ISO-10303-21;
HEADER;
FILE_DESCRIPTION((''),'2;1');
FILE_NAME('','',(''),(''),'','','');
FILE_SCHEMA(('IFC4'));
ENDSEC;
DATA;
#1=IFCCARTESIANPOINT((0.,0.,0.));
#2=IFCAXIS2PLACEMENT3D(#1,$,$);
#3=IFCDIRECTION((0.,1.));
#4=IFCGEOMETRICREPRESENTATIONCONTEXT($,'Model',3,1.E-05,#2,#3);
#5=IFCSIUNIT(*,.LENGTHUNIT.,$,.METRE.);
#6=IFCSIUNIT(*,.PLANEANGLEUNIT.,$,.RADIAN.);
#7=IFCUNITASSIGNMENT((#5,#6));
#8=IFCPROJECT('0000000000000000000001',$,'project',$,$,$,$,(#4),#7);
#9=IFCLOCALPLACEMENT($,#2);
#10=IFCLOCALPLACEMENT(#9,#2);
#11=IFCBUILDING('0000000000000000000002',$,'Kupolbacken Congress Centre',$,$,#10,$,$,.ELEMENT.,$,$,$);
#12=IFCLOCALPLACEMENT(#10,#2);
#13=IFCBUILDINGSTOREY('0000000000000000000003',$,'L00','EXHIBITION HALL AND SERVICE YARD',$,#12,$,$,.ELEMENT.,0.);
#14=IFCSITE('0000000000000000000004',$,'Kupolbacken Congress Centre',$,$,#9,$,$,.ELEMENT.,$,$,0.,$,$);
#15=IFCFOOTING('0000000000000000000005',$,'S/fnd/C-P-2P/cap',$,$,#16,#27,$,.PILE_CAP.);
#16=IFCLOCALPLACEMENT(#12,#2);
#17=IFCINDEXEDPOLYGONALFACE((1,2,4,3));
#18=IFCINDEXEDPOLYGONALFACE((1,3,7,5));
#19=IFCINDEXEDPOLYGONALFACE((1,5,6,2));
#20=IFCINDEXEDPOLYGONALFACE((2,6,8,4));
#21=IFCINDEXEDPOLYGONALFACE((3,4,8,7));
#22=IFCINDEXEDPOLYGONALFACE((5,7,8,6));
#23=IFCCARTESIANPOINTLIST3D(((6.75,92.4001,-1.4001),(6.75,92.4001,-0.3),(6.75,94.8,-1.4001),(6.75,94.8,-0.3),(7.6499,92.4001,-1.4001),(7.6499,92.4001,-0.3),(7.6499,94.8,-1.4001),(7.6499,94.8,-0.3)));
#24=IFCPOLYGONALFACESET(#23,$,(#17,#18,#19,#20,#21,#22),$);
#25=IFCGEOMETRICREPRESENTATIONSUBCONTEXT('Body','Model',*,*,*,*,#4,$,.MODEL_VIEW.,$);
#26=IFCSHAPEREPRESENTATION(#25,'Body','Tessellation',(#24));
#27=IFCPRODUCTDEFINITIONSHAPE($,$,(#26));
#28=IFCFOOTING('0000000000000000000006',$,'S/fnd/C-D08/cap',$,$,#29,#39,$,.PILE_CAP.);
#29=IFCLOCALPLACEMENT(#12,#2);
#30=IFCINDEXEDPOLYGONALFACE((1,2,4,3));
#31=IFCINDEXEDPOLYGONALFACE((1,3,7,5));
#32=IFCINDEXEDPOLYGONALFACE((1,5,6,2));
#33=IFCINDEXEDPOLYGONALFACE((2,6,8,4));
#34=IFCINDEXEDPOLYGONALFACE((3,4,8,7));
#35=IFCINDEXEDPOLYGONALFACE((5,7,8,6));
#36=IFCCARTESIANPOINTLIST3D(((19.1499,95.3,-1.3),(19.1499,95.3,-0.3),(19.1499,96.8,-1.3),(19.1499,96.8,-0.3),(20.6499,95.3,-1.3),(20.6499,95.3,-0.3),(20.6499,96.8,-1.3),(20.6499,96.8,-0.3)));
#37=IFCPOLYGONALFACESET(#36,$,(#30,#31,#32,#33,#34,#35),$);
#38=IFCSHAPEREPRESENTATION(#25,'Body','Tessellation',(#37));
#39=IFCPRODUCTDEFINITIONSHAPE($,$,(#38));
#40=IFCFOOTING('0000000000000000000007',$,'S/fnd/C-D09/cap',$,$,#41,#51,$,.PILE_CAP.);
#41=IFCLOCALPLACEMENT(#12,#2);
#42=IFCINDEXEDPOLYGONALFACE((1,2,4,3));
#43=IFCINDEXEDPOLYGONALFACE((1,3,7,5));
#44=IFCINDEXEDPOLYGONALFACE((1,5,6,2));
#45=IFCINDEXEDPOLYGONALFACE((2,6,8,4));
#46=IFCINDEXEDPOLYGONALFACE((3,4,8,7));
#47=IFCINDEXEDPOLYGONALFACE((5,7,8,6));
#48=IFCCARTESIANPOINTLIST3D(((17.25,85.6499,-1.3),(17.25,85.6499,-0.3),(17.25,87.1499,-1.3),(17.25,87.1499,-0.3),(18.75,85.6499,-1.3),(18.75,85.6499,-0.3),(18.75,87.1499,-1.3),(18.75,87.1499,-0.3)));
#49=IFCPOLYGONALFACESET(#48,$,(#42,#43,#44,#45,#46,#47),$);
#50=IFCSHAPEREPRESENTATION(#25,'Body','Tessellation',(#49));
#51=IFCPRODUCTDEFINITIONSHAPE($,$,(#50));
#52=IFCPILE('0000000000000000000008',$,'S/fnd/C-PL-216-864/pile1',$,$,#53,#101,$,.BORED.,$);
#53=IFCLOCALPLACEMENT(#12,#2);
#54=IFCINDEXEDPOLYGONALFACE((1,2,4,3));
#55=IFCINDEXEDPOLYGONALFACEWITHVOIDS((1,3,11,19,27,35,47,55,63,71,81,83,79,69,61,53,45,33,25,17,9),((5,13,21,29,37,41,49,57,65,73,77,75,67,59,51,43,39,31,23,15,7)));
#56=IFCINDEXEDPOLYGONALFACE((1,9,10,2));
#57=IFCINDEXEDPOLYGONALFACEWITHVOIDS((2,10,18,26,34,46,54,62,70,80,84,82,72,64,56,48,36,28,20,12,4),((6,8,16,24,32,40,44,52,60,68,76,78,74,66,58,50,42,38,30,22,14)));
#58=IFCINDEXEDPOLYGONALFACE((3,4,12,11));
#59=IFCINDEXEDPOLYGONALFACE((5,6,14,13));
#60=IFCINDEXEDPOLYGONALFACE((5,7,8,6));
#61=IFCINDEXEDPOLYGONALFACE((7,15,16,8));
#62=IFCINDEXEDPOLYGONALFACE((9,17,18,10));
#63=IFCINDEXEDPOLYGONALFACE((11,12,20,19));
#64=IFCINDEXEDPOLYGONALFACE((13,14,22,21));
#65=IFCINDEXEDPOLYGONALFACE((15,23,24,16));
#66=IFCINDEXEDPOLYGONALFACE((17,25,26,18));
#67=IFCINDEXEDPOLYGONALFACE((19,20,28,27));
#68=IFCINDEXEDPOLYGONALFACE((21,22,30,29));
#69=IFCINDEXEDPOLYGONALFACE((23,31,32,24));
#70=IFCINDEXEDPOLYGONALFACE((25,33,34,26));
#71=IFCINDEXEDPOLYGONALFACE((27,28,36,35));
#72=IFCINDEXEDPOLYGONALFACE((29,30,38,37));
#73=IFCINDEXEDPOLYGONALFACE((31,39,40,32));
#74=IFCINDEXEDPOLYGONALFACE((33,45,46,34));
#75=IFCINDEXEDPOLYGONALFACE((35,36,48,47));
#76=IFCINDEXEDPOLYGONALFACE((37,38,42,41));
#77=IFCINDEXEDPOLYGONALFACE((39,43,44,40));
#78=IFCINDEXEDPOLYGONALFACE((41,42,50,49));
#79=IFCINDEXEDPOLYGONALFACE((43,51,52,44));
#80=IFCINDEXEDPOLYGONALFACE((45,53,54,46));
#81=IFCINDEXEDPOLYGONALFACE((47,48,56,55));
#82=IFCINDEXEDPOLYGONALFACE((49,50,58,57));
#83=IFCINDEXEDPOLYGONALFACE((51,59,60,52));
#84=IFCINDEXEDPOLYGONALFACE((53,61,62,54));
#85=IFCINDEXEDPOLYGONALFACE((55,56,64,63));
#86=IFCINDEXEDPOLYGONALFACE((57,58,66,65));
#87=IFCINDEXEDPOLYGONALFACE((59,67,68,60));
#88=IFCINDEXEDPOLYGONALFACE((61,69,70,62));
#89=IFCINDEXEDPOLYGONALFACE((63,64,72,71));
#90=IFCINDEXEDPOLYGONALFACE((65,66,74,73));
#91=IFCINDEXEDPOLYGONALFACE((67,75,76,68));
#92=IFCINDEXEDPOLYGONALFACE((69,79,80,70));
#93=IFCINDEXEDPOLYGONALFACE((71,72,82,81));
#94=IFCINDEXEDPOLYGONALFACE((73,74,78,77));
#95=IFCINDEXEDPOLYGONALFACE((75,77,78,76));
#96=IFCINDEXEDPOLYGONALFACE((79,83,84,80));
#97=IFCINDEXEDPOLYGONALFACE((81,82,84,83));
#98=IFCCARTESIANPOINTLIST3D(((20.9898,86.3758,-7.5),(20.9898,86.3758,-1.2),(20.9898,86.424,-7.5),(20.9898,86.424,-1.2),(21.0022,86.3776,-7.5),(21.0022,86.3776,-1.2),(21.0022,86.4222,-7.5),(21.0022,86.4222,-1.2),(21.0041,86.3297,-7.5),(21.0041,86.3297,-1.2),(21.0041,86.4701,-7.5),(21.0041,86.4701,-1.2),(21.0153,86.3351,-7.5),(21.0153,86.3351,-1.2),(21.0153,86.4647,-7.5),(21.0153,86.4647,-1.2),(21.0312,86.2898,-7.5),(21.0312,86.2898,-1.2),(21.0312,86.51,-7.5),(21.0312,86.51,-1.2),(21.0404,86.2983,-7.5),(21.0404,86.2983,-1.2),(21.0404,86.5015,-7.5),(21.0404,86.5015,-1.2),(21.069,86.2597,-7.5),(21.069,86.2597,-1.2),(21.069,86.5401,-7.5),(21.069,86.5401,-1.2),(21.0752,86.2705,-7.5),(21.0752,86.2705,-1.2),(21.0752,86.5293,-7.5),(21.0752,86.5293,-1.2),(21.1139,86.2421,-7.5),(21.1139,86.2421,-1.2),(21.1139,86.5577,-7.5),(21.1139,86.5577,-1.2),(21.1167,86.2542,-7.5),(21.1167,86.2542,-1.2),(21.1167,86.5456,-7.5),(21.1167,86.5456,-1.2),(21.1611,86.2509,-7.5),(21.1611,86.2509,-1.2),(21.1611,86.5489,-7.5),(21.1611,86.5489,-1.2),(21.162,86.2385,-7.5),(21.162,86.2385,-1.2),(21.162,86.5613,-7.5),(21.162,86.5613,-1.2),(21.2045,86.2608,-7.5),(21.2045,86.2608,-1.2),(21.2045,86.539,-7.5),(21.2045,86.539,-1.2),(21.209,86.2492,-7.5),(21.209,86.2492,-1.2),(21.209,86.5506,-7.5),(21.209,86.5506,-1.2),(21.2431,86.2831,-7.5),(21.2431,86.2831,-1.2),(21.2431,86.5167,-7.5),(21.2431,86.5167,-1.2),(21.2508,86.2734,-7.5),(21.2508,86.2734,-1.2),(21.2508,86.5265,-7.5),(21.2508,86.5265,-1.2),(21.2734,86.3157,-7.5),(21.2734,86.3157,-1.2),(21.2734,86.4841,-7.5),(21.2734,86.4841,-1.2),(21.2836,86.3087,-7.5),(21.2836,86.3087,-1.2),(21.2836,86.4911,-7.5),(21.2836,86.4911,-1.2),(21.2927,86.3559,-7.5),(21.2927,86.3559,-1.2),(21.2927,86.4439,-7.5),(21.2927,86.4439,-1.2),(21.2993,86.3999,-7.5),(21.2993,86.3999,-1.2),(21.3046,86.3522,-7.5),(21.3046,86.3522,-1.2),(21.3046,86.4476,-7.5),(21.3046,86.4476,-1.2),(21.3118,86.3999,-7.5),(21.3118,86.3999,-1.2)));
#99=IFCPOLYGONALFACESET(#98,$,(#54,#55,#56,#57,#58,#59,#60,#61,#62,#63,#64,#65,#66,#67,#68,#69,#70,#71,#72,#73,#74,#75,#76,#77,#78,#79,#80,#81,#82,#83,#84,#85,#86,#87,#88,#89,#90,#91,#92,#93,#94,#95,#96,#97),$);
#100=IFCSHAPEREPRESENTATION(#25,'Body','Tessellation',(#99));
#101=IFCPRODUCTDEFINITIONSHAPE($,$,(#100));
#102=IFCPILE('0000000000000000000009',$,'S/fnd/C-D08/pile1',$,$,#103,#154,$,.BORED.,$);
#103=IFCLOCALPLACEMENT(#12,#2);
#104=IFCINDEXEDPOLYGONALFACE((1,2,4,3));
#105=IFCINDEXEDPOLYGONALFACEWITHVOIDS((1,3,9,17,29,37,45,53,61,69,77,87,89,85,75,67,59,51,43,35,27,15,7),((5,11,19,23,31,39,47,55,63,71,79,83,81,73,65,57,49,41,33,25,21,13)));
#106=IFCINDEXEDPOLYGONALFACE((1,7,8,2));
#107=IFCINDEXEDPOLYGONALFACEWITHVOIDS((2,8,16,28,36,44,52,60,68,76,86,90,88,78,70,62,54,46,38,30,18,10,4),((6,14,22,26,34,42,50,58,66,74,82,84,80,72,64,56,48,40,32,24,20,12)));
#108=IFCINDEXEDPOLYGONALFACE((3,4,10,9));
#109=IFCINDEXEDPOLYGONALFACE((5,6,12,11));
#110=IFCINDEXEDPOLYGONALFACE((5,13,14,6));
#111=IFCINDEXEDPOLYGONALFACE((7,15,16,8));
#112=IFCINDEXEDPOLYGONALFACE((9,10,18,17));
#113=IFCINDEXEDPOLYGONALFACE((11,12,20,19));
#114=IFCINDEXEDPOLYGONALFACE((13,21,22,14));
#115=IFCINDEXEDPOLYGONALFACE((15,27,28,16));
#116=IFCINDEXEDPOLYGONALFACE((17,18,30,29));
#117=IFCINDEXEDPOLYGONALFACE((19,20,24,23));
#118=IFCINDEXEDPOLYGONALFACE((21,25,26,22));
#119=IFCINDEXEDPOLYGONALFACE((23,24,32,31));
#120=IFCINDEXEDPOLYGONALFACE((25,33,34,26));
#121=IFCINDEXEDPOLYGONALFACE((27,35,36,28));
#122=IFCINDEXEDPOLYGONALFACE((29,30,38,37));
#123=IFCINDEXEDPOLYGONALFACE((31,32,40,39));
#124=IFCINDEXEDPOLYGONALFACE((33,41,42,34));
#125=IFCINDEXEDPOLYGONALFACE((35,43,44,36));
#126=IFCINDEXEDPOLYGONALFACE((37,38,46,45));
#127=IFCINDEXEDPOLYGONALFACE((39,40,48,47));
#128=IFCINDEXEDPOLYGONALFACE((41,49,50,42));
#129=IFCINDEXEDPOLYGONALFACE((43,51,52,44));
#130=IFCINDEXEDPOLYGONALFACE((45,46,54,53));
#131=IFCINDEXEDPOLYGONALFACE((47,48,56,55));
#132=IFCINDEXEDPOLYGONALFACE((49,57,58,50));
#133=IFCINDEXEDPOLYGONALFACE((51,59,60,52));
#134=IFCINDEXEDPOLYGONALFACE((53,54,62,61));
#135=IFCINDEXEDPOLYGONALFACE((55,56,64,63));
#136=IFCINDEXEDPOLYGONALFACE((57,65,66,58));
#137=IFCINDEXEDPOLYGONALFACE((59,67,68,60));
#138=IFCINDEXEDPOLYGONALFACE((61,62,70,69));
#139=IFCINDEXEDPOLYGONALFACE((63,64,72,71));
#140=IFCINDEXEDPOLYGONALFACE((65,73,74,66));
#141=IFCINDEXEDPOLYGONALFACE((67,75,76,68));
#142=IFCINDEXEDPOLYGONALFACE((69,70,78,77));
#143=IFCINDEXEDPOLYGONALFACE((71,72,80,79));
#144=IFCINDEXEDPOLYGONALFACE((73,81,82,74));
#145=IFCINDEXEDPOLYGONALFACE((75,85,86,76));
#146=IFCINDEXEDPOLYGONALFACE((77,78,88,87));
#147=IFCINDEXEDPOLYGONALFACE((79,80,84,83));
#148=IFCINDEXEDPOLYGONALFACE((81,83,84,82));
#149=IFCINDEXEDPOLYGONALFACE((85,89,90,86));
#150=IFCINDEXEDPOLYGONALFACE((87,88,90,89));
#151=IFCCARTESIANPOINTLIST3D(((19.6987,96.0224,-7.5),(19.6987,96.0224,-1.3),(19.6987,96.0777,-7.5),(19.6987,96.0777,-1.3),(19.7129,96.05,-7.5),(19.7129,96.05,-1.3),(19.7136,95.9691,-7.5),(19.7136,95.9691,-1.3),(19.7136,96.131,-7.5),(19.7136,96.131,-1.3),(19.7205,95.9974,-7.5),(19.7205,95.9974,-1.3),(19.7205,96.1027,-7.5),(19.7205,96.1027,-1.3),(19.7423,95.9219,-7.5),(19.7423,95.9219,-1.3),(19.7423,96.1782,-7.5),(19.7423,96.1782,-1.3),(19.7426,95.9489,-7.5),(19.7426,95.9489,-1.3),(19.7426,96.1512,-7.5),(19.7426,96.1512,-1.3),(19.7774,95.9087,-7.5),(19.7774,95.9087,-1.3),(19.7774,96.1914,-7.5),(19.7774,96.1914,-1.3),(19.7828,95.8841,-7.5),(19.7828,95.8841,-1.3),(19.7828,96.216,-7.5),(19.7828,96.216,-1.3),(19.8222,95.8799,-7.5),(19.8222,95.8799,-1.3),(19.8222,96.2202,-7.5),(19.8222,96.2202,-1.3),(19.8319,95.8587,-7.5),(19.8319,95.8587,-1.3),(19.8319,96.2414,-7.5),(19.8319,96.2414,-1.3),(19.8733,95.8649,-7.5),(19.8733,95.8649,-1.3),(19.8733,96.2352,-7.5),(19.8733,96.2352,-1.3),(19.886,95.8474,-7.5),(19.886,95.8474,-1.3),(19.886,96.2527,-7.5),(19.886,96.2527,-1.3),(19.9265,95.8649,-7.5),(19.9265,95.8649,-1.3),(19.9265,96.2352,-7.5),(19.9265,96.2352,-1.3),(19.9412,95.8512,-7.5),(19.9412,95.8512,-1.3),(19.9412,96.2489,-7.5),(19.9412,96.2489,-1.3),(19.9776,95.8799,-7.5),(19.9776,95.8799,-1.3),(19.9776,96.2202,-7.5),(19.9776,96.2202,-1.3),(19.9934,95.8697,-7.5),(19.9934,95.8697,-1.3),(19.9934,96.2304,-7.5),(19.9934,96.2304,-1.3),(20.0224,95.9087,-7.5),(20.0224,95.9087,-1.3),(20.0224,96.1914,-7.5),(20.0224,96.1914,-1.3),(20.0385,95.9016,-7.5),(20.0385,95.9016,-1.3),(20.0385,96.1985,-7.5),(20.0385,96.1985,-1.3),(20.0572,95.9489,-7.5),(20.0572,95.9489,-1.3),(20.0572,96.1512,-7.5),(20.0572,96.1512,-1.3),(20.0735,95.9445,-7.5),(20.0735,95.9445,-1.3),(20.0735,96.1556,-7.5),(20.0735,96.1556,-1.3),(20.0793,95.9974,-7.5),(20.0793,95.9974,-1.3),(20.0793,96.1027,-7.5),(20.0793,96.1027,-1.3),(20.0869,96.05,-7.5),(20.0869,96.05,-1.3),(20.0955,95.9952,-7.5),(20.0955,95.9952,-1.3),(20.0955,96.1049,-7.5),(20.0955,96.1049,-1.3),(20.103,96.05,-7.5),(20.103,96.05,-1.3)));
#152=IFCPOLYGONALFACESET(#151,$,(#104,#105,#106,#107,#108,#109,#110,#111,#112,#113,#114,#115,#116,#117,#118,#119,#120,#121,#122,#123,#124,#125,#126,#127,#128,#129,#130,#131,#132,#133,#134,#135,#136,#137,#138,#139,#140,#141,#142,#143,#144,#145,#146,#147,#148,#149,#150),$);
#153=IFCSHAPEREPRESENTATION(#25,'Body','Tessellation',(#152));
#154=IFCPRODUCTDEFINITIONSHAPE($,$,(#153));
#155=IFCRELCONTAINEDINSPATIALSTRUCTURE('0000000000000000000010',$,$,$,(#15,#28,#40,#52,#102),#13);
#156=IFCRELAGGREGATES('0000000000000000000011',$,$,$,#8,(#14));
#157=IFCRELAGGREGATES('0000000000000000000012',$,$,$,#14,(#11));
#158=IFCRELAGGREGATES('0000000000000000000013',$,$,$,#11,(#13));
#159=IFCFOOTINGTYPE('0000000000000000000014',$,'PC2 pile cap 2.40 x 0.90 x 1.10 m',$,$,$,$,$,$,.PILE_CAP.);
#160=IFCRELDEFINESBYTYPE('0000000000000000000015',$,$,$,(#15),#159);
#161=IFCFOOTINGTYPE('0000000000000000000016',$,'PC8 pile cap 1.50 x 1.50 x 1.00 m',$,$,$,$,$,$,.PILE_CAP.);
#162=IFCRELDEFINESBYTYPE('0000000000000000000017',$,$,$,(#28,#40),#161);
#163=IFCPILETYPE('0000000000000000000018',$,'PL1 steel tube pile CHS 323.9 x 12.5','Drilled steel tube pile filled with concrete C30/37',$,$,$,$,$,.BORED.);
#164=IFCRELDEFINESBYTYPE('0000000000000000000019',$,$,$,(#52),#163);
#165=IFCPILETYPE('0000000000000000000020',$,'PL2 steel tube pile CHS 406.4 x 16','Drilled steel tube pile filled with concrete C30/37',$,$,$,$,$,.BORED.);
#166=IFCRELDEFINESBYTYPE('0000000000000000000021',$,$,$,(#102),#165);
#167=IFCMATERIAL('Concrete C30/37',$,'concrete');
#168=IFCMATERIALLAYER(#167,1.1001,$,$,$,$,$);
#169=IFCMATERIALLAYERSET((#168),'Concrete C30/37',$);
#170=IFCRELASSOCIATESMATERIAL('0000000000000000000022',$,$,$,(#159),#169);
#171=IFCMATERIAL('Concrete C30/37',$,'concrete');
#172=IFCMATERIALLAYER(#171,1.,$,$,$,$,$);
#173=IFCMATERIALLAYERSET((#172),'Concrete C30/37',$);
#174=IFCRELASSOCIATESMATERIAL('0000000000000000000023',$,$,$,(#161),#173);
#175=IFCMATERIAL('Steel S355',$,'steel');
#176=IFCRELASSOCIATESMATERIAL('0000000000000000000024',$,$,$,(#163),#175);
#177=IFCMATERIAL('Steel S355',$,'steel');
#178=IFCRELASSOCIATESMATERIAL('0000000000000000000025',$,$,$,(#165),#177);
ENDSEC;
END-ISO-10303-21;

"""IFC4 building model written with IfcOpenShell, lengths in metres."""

from ifc_helpers import new_model, si_unit, direction, frame, origin, origin_2d, place, context, subcontext, project, spatial, rectangle, hollow_circle, extrude, material, layer, layer_set, material_profile, profile_set, type_object, element, save


model = new_model("IFC4")

# Units and contexts
model_context = context("Model", 3, precision=1e-05, world=origin(), true_north=direction((0.0, 1.0)))
body_context = subcontext(model_context, "Body", "Model", "MODEL_VIEW")
ifc_project = project(units=[si_unit("LENGTHUNIT", "METRE"), si_unit("PLANEANGLEUNIT", "RADIAN")], contexts=[model_context])

# Site, building, storey
site_placement = place(None, origin())
site = spatial("IfcSite", under=ifc_project, at=site_placement, Name="Kupolbacken Congress Centre", CompositionType="ELEMENT", RefElevation=0.0)
building_placement = place(site_placement, origin())
building = spatial("IfcBuilding", under=site, at=building_placement, Name="Kupolbacken Congress Centre", CompositionType="ELEMENT")
storey_placement = place(building_placement, origin())
storey = spatial("IfcBuildingStorey", under=building, at=storey_placement, Name="L00", Description="EXHIBITION HALL AND SERVICE YARD", CompositionType="ELEMENT", Elevation=0.0)

# Footings
ifc_material_1 = material(Name="Concrete C30/37", Category="concrete")
ifc_layer_1 = layer(ifc_material_1, 1.1001)
ifc_layer_set_1 = layer_set([ifc_layer_1], Name="Concrete C30/37")
footing_type_1 = type_object("IfcFootingType", Name="PC2 pile cap 2.40 x 0.90 x 1.10 m", PredefinedType="PILE_CAP", material=ifc_layer_set_1)
footing_placement = place(storey_placement, frame((7.2, 93.6001, -1.4001), z_axis=(0.0, 0.0, 1.0), x_axis=(1.0, 0.0, 0.0)))
element("IfcFooting", 1, at=footing_placement, inside=storey, type_object=footing_type_1, Name="S/fnd/C-P-2P/cap", PredefinedType="PILE_CAP", context=body_context, shape_type="SweptSolid", body=[
    extrude(rectangle(XDim=0.8999, YDim=2.3999, at=origin_2d()), origin(), (0.0, 0.0, 1.0), 1.1001),
])
ifc_material_2 = material(Name="Concrete C30/37", Category="concrete")
ifc_layer_2 = layer(ifc_material_2, 1.0)
ifc_layer_set_2 = layer_set([ifc_layer_2], Name="Concrete C30/37")
footing_type_2 = type_object("IfcFootingType", Name="PC8 pile cap 1.50 x 1.50 x 1.00 m", PredefinedType="PILE_CAP", material=ifc_layer_set_2)
for number, where, z_axis, x_axis, name in (
    (2, (19.8999, 96.05, -1.3), (0.0, 0.0, 1.0), (1.0, 0.0, 0.0), "S/fnd/C-D08/cap"),
    (3, (18.0, 86.3999, -1.3), (0.0, 0.0, 1.0), (1.0, 0.0, 0.0), "S/fnd/C-D09/cap"),
):
    element("IfcFooting", number, at=place(storey_placement, frame(where, z_axis=z_axis, x_axis=x_axis)), inside=storey, type_object=footing_type_2, Name=name, PredefinedType="PILE_CAP", context=body_context, shape_type="SweptSolid", body=[
        extrude(rectangle(XDim=1.5, YDim=1.5, at=origin_2d()), origin(), (0.0, 0.0, 1.0), 1.0),
    ])

# Piles
ifc_material_3 = material(Name="Steel S355", Category="steel")
ifc_material_profile_1 = material_profile(ifc_material_3, hollow_circle(Radius=0.1619, WallThickness=0.0125, at=origin_2d()), Name="CHS 323.9 x 12.5")
ifc_profile_set_1 = profile_set([ifc_material_profile_1], Name="Steel S355")
pile_type_1 = type_object("IfcPileType", Name="PL1 steel tube pile CHS 323.9 x 12.5", Description="Drilled steel tube pile filled with concrete C30/37", PredefinedType="BORED", material=ifc_profile_set_1)
pile_placement = place(storey_placement, frame((21.1499, 86.3999, -1.2), z_axis=(0.0, 0.0, -1.0), x_axis=(1.0, 0.0, 0.0)))
element("IfcPile", 4, at=pile_placement, inside=storey, type_object=pile_type_1, Name="S/fnd/C-PL-216-864/pile1", PredefinedType="BORED", context=body_context, shape_type="SweptSolid", body=[
    extrude(hollow_circle(Radius=0.1619, WallThickness=0.0125, at=origin_2d()), origin(), (0.0, 0.0, 1.0), 6.3),
])
ifc_material_4 = material(Name="Steel S355", Category="steel")
ifc_material_profile_2 = material_profile(ifc_material_4, hollow_circle(Radius=0.2031, WallThickness=0.0161, at=origin_2d()), Name="CHS 406.4 x 16")
ifc_profile_set_2 = profile_set([ifc_material_profile_2], Name="Steel S355")
pile_type_2 = type_object("IfcPileType", Name="PL2 steel tube pile CHS 406.4 x 16", Description="Drilled steel tube pile filled with concrete C30/37", PredefinedType="BORED", material=ifc_profile_set_2)
for number, where, z_axis, x_axis, name in (
    (5, (19.8999, 96.05, -1.3), (0.0, 0.0, -1.0), (1.0, 0.0, 0.0), "S/fnd/C-D08/pile1"),
):
    element("IfcPile", number, at=place(storey_placement, frame(where, z_axis=z_axis, x_axis=x_axis)), inside=storey, type_object=pile_type_2, Name=name, PredefinedType="BORED", context=body_context, shape_type="SweptSolid", body=[
        extrude(hollow_circle(Radius=0.2031, WallThickness=0.0161, at=origin_2d()), origin(), (0.0, 0.0, 1.0), 6.2),
    ])

save(model, "model.ifc")
